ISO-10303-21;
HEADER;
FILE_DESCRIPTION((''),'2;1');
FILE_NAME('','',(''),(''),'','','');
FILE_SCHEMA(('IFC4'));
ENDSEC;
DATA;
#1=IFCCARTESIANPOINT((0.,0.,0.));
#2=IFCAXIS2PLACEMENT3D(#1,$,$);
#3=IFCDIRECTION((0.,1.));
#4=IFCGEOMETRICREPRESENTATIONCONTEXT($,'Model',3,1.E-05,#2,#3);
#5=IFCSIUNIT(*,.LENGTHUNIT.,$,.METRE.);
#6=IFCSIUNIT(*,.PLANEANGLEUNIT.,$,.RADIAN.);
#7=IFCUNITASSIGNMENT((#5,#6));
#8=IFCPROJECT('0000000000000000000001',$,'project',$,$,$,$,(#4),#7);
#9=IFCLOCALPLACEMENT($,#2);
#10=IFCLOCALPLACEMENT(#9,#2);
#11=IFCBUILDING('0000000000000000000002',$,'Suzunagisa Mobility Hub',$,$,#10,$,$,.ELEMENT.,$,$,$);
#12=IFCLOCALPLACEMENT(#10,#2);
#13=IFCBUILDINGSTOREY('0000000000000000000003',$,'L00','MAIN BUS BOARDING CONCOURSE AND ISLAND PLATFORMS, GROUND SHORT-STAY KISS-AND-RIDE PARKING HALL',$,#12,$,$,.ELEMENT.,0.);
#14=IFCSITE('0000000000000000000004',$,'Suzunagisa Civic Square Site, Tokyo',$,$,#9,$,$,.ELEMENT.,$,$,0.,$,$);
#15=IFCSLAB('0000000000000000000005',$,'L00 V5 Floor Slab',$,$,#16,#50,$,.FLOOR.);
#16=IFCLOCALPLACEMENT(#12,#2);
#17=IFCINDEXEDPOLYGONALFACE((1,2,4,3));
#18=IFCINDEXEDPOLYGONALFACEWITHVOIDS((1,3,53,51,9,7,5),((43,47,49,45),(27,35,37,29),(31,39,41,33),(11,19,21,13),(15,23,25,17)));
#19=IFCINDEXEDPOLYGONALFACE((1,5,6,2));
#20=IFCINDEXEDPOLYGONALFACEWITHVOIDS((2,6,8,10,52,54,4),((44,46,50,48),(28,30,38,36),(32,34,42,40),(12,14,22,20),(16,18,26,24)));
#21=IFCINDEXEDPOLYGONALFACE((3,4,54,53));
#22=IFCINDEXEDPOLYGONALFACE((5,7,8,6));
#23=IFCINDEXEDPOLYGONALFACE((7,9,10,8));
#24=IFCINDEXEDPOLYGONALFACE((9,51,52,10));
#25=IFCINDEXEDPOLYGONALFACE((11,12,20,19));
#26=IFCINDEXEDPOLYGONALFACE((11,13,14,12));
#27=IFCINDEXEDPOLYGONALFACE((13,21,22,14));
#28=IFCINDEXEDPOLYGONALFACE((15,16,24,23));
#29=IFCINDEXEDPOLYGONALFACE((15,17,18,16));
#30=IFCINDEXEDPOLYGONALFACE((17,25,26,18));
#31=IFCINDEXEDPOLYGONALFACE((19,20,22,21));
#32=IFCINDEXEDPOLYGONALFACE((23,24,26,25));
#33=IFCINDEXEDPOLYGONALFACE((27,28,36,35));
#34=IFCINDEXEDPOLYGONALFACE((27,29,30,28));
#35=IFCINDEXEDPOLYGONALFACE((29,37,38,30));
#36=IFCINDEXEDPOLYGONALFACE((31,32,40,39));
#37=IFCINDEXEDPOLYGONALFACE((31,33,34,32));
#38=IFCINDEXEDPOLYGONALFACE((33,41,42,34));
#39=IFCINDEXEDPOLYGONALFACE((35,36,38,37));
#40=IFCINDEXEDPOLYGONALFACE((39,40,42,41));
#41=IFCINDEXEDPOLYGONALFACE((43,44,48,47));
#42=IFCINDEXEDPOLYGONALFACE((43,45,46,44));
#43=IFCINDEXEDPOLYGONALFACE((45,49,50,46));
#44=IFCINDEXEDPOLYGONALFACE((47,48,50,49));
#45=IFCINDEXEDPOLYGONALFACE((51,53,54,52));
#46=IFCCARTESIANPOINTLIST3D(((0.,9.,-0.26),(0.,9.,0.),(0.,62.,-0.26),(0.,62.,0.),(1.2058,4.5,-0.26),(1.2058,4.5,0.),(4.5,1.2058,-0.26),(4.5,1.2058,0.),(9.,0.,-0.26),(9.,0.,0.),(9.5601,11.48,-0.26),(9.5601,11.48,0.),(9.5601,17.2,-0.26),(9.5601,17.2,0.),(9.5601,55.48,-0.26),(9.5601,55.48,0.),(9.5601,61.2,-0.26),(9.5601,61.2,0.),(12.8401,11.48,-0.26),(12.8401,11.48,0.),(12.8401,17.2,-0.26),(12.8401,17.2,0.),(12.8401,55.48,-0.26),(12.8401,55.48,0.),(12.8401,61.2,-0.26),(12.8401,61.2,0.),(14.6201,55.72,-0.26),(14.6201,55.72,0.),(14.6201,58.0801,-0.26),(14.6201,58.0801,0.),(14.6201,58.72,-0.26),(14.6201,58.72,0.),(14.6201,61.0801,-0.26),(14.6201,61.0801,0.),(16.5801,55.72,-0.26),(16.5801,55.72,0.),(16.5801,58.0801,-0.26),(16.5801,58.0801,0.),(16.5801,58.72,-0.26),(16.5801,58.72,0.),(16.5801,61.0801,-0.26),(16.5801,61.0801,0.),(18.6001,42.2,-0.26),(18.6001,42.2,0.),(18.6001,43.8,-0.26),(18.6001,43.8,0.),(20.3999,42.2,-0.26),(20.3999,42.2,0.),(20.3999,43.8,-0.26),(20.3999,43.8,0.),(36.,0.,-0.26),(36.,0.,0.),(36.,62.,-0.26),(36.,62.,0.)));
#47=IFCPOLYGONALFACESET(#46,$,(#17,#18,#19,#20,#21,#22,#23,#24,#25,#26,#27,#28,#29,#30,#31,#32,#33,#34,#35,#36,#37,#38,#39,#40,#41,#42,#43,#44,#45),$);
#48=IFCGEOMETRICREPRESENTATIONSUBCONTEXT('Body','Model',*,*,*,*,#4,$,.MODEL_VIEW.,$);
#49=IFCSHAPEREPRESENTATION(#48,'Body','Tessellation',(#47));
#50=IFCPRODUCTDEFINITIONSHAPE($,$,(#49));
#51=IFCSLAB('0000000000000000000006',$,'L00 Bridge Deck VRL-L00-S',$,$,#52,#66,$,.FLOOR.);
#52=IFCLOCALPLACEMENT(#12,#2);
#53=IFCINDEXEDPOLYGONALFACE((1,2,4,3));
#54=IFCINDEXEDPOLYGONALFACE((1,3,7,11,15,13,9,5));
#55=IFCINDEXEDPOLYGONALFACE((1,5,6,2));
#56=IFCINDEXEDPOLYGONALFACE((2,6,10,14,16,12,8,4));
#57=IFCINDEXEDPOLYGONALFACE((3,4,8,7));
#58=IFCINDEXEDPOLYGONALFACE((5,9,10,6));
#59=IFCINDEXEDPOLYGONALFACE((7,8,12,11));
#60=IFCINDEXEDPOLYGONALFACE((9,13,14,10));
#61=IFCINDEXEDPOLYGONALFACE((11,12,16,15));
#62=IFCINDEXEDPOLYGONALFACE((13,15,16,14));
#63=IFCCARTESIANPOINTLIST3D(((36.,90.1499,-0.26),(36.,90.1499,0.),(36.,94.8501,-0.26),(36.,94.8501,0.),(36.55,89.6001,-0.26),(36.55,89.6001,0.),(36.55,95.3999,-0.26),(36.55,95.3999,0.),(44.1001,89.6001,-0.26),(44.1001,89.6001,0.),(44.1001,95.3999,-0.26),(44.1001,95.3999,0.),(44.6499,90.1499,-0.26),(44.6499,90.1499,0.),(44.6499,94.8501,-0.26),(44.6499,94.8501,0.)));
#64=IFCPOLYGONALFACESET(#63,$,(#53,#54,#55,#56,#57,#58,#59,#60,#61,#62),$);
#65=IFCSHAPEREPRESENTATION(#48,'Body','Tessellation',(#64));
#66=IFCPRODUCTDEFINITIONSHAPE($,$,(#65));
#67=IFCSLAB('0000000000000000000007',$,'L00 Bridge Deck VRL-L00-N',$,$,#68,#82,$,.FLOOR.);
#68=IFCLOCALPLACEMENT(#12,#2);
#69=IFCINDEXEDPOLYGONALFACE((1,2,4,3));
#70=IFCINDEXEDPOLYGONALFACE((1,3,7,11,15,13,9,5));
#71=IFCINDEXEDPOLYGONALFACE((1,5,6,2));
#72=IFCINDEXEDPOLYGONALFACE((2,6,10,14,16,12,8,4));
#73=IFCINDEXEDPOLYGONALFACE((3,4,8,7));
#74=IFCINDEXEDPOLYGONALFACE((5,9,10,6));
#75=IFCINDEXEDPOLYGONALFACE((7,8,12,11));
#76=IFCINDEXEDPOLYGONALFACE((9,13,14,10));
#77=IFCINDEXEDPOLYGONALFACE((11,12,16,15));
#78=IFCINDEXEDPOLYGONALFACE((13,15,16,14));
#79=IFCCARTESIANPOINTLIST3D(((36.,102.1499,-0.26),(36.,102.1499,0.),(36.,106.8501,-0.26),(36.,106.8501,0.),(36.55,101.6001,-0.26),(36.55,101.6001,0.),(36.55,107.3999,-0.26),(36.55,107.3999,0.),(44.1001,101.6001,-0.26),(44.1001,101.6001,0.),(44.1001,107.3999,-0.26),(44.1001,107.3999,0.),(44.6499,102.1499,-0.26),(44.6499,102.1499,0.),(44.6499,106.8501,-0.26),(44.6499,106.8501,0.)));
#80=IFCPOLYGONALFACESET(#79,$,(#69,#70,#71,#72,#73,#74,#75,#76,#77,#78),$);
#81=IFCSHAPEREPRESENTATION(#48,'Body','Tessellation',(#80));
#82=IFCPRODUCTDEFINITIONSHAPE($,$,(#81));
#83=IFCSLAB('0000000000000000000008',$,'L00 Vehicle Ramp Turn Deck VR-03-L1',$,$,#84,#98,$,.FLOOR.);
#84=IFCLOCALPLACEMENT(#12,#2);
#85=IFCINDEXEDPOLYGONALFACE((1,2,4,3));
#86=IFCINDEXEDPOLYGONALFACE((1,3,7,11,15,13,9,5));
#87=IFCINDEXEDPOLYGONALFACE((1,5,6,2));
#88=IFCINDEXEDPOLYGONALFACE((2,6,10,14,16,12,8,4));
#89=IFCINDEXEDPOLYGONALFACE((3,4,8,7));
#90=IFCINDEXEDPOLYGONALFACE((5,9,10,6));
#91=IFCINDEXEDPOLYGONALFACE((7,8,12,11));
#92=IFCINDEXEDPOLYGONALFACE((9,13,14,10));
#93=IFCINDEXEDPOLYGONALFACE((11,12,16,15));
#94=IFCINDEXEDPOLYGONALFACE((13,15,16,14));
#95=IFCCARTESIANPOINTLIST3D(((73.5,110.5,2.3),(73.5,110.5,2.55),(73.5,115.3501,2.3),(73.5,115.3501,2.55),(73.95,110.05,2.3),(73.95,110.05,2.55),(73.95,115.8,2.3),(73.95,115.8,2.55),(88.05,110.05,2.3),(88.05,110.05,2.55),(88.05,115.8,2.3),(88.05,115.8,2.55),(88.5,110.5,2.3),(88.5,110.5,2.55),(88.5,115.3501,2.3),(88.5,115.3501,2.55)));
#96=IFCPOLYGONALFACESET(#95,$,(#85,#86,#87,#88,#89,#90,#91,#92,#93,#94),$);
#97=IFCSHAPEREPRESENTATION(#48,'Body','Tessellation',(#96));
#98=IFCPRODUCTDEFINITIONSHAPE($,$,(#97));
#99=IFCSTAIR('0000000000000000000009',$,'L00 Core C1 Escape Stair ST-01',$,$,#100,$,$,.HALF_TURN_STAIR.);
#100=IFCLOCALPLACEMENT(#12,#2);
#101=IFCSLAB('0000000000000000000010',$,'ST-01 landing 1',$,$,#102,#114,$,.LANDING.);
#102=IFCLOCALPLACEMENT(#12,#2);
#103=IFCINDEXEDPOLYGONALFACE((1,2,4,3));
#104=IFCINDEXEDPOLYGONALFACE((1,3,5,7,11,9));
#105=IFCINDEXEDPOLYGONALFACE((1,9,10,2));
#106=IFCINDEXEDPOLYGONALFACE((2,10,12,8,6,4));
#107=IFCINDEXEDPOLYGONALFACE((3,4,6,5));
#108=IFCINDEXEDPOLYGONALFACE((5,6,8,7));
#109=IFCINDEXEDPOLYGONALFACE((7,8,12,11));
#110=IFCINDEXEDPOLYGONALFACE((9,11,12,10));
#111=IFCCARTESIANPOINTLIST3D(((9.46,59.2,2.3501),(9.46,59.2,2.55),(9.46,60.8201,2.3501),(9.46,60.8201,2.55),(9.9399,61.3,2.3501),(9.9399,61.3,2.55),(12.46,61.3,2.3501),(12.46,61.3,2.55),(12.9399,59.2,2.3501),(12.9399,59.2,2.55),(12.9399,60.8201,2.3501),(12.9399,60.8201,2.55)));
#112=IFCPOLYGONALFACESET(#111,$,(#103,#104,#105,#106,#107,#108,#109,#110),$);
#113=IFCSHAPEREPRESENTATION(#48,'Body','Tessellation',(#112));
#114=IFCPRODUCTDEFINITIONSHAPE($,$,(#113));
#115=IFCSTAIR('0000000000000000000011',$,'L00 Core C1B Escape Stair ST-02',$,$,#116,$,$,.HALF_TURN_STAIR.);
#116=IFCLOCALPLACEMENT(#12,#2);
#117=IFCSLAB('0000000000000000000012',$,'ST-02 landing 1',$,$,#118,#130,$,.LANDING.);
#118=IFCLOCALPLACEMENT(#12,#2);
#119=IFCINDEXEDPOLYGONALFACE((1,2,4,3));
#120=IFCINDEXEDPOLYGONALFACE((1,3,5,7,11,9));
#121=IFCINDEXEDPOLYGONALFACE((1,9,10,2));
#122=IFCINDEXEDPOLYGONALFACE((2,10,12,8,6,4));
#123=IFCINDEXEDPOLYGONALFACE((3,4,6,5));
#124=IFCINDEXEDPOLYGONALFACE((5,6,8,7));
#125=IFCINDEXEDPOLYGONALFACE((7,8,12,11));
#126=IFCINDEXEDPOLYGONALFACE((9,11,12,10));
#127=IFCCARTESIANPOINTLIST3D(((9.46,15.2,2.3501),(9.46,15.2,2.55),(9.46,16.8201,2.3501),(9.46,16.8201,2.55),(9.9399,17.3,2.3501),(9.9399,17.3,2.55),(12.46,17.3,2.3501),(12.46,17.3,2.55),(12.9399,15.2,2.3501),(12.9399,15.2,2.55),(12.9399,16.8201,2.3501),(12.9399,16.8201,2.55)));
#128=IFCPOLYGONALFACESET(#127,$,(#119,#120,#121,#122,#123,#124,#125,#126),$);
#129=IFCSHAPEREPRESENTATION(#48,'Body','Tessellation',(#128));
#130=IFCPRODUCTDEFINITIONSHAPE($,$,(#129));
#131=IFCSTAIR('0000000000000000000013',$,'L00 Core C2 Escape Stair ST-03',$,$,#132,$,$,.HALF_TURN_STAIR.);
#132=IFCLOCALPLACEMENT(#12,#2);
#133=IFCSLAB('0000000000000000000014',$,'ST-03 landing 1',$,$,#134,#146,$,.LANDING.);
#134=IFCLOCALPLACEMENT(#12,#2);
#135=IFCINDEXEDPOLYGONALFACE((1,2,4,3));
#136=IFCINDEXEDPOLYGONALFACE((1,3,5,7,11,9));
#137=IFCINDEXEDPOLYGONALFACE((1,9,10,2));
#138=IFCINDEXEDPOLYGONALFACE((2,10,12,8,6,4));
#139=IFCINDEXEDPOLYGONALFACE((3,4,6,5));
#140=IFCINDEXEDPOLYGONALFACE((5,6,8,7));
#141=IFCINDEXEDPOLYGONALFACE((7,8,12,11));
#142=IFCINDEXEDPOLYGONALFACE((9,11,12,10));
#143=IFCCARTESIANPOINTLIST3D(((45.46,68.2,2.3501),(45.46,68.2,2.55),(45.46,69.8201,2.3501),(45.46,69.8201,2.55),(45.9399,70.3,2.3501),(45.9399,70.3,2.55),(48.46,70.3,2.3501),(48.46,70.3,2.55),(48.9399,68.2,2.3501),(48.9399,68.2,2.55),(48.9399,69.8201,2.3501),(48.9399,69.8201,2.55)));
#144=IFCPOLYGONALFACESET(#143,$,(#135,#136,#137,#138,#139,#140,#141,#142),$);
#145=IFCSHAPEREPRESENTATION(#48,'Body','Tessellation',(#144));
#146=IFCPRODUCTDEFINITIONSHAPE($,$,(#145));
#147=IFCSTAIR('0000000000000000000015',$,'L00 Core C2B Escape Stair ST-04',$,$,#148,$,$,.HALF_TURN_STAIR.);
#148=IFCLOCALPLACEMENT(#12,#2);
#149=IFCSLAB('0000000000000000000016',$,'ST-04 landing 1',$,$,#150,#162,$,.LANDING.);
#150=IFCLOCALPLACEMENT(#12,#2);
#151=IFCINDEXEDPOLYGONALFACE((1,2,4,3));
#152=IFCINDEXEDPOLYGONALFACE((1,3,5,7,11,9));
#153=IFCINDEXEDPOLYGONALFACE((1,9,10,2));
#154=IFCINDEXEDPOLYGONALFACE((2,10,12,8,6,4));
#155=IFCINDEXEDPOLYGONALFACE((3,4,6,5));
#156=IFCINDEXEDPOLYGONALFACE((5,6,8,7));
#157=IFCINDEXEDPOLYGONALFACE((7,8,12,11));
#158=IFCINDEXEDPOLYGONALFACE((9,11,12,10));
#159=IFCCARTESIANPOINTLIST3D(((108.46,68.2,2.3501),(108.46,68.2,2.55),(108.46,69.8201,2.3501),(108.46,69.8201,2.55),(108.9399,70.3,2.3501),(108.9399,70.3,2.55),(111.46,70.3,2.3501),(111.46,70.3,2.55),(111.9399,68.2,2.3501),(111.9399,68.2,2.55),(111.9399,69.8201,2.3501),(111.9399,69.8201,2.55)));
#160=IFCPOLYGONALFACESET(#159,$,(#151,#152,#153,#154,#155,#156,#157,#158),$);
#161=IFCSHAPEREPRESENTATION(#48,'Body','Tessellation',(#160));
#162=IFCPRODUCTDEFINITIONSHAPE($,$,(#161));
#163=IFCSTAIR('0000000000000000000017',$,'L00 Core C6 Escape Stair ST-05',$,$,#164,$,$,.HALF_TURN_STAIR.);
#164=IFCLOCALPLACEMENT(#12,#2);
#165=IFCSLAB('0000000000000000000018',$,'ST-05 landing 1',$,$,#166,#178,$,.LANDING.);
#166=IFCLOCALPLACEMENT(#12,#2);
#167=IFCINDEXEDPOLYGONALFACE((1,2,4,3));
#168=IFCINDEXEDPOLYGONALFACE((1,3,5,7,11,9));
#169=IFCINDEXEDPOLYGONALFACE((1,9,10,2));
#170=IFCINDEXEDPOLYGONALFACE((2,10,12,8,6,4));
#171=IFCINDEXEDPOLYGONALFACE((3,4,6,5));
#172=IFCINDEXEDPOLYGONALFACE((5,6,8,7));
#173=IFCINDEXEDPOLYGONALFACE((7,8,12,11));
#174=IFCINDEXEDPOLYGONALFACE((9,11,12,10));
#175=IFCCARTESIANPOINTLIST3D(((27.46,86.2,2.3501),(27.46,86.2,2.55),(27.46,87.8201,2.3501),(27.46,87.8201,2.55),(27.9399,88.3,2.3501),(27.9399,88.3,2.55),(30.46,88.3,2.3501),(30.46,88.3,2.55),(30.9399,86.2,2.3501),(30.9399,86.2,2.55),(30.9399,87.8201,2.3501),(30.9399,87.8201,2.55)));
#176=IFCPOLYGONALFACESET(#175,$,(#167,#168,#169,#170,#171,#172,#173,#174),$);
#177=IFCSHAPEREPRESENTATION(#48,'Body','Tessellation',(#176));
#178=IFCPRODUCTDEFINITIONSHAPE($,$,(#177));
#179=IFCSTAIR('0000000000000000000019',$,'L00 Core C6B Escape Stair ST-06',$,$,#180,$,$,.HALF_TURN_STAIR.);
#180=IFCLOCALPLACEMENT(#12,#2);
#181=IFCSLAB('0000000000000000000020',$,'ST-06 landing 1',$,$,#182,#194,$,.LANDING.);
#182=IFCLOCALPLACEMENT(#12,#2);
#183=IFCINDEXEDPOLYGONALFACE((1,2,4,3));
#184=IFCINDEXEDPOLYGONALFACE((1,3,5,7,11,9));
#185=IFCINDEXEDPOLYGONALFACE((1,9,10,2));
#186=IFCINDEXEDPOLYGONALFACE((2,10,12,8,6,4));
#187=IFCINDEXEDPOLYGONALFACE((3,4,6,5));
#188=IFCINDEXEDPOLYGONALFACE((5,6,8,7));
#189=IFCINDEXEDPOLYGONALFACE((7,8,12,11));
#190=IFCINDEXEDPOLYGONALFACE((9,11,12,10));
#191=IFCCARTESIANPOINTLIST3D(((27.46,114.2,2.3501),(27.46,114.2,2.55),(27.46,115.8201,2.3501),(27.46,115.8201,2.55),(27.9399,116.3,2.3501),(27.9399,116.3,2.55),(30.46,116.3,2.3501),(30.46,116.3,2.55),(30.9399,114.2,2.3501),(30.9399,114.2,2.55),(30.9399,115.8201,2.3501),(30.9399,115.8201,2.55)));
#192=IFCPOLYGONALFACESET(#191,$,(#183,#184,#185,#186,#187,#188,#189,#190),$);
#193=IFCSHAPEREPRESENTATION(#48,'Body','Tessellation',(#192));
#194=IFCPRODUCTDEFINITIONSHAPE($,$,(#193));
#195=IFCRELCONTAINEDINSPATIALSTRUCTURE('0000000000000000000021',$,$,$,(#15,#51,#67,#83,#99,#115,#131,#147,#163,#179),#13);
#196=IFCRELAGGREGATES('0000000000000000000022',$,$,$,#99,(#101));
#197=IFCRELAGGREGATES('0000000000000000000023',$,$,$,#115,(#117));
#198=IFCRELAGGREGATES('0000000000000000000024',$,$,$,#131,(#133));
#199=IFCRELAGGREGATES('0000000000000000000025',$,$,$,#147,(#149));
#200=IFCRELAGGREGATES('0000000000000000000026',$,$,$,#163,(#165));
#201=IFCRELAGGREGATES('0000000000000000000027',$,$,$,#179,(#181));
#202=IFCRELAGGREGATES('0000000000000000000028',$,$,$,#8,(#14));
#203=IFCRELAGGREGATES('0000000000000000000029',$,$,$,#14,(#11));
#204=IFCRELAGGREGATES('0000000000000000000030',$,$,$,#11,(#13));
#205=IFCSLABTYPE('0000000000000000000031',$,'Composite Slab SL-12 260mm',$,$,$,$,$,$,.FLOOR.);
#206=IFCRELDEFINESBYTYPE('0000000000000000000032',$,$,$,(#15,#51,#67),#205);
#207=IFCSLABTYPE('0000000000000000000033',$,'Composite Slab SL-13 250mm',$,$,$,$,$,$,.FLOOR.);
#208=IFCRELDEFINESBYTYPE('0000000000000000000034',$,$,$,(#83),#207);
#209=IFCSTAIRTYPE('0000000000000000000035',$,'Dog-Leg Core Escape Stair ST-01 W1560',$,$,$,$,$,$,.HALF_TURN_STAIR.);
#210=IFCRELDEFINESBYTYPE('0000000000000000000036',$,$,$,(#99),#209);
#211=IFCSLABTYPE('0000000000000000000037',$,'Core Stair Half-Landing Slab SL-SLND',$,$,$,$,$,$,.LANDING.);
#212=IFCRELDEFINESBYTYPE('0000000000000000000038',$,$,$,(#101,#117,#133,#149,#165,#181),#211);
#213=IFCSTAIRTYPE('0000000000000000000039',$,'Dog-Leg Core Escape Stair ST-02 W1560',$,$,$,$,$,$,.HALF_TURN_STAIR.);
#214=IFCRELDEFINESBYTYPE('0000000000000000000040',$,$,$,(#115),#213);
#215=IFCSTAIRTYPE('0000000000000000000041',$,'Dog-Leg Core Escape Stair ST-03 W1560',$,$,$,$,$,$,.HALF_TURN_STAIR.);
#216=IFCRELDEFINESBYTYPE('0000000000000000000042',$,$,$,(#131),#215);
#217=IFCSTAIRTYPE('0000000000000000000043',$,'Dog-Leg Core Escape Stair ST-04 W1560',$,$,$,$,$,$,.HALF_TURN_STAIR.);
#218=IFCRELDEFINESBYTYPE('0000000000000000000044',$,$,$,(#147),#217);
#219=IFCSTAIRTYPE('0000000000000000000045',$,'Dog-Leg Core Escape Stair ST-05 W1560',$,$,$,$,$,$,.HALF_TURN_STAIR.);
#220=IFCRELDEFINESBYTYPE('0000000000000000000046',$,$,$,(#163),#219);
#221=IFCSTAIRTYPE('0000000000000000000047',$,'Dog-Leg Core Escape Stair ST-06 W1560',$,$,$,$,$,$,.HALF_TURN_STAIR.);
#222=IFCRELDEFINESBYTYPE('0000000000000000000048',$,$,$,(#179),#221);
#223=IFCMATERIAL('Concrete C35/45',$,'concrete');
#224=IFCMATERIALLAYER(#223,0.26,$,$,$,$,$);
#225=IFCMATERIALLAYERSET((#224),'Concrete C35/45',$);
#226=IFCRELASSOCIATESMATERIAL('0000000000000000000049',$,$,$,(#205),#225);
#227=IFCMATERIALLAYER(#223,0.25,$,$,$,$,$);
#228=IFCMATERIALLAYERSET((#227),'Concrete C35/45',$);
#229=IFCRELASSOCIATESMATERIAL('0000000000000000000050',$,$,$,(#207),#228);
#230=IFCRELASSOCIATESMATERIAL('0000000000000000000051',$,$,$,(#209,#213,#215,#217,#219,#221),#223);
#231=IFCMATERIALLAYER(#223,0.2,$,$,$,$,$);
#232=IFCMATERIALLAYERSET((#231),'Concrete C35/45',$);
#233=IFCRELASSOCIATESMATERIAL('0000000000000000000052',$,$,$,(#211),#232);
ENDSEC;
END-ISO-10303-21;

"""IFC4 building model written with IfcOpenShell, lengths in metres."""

from ifc_helpers import new_model, si_unit, direction, frame, origin, place, context, subcontext, project, spatial, polyline, outline, extrude, material, layer, layer_set, type_object, element, aggregate, save


model = new_model("IFC4")

# Units and contexts
model_context = context("Model", 3, precision=1e-05, world=origin(), true_north=direction((0.0, 1.0)))
body_context = subcontext(model_context, "Body", "Model", "MODEL_VIEW")
ifc_project = project(units=[si_unit("LENGTHUNIT", "METRE"), si_unit("PLANEANGLEUNIT", "RADIAN")], contexts=[model_context])

# Site, building, storey
site_placement = place(None, origin())
site = spatial("IfcSite", under=ifc_project, at=site_placement, Name="Suzunagisa Civic Square Site, Tokyo", CompositionType="ELEMENT", RefElevation=0.0)
building_placement = place(site_placement, origin())
building = spatial("IfcBuilding", under=site, at=building_placement, Name="Suzunagisa Mobility Hub", CompositionType="ELEMENT")
storey_placement = place(building_placement, origin())
storey = spatial("IfcBuildingStorey", under=building, at=storey_placement, Name="L00", Description="MAIN BUS BOARDING CONCOURSE AND ISLAND PLATFORMS, GROUND SHORT-STAY KISS-AND-RIDE PARKING HALL", CompositionType="ELEMENT", Elevation=0.0)

# Slabs
ifc_material = material(Name="Concrete C35/45", Category="concrete")
ifc_layer_1 = layer(ifc_material, 0.26)
ifc_layer_set_1 = layer_set([ifc_layer_1], Name="Concrete C35/45")
slab_type_1 = type_object("IfcSlabType", Name="Composite Slab SL-12 260mm", PredefinedType="FLOOR", material=ifc_layer_set_1)
slab_1_placement = place(storey_placement, frame((0.0, 0.0, -0.26)))
element("IfcSlab", 1, at=slab_1_placement, inside=storey, type_object=slab_type_1, Name="L00 V5 Floor Slab", PredefinedType="FLOOR", context=body_context, shape_type="SweptSolid", body=[
    extrude(outline(polyline([(0.0, 9.0), (1.2058, 4.5), (4.5, 1.2058), (9.0, 0.0), (36.0, 0.0), (36.0, 62.0), (0.0, 62.0), (0.0, 9.0)]), holes=[polyline([(18.6001, 42.2), (20.3999, 42.2), (20.3999, 43.8), (18.6001, 43.8), (18.6001, 42.2)]), polyline([(9.5601, 55.48), (12.8401, 55.48), (12.8401, 61.2), (9.5601, 61.2), (9.5601, 55.48)]), polyline([(14.6201, 55.72), (16.5801, 55.72), (16.5801, 58.0801), (14.6201, 58.0801), (14.6201, 55.72)]), polyline([(14.6201, 58.72), (16.5801, 58.72), (16.5801, 61.0801), (14.6201, 61.0801), (14.6201, 58.72)]), polyline([(9.5601, 11.48), (12.8401, 11.48), (12.8401, 17.2), (9.5601, 17.2), (9.5601, 11.48)])]), origin(), (0.0, 0.0, 1.0), 0.26),
])
slab_2_placement = place(storey_placement, frame((0.0, 0.0, -0.26)))
element("IfcSlab", 2, at=slab_2_placement, inside=storey, type_object=slab_type_1, Name="L00 Bridge Deck VRL-L00-S", PredefinedType="FLOOR", context=body_context, shape_type="SweptSolid", body=[
    extrude(outline(polyline([(36.55, 89.6001), (44.1001, 89.6001), (44.6499, 90.1499), (44.6499, 94.8501), (44.1001, 95.3999), (36.55, 95.3999), (36.0, 94.8501), (36.0, 90.1499), (36.55, 89.6001)])), origin(), (0.0, 0.0, 1.0), 0.26),
])
slab_3_placement = place(storey_placement, frame((0.0, 0.0, -0.26)))
element("IfcSlab", 3, at=slab_3_placement, inside=storey, type_object=slab_type_1, Name="L00 Bridge Deck VRL-L00-N", PredefinedType="FLOOR", context=body_context, shape_type="SweptSolid", body=[
    extrude(outline(polyline([(36.55, 101.6001), (44.1001, 101.6001), (44.6499, 102.1499), (44.6499, 106.8501), (44.1001, 107.3999), (36.55, 107.3999), (36.0, 106.8501), (36.0, 102.1499), (36.55, 101.6001)])), origin(), (0.0, 0.0, 1.0), 0.26),
])
ifc_layer_2 = layer(ifc_material, 0.25)
ifc_layer_set_2 = layer_set([ifc_layer_2], Name="Concrete C35/45")
slab_type_2 = type_object("IfcSlabType", Name="Composite Slab SL-13 250mm", PredefinedType="FLOOR", material=ifc_layer_set_2)
slab_4_placement = place(storey_placement, frame((0.0, 0.0, 2.3)))
element("IfcSlab", 4, at=slab_4_placement, inside=storey, type_object=slab_type_2, Name="L00 Vehicle Ramp Turn Deck VR-03-L1", PredefinedType="FLOOR", context=body_context, shape_type="SweptSolid", body=[
    extrude(outline(polyline([(73.95, 110.05), (88.05, 110.05), (88.5, 110.5), (88.5, 115.3501), (88.05, 115.8), (73.95, 115.8), (73.5, 115.3501), (73.5, 110.5), (73.95, 110.05)])), origin(), (0.0, 0.0, 1.0), 0.25),
])

# Stairs, slabs
stair_type_1 = type_object("IfcStairType", Name="Dog-Leg Core Escape Stair ST-01 W1560", PredefinedType="HALF_TURN_STAIR", material=ifc_material)
stair_1_placement = place(storey_placement, origin())
stair_1 = element("IfcStair", 5, at=stair_1_placement, inside=storey, type_object=stair_type_1, Name="L00 Core C1 Escape Stair ST-01", PredefinedType="HALF_TURN_STAIR")
ifc_layer_3 = layer(ifc_material, 0.2)
ifc_layer_set_3 = layer_set([ifc_layer_3], Name="Concrete C35/45")
slab_type_3 = type_object("IfcSlabType", Name="Core Stair Half-Landing Slab SL-SLND", PredefinedType="LANDING", material=ifc_layer_set_3)
slab_5_placement = place(storey_placement, frame((0.0, 0.0, 2.3501)))
slab_5 = element("IfcSlab", 6, at=slab_5_placement, type_object=slab_type_3, Name="ST-01 landing 1", PredefinedType="LANDING", context=body_context, shape_type="SweptSolid", body=[
    extrude(outline(polyline([(9.46, 59.2), (12.9399, 59.2), (12.9399, 60.8201), (12.46, 61.3), (9.9399, 61.3), (9.46, 60.8201), (9.46, 59.2)])), origin(), (0.0, 0.0, 1.0), 0.2),
])
aggregate(stair_1, [slab_5])
stair_type_2 = type_object("IfcStairType", Name="Dog-Leg Core Escape Stair ST-02 W1560", PredefinedType="HALF_TURN_STAIR", material=ifc_material)
stair_2_placement = place(storey_placement, origin())
stair_2 = element("IfcStair", 7, at=stair_2_placement, inside=storey, type_object=stair_type_2, Name="L00 Core C1B Escape Stair ST-02", PredefinedType="HALF_TURN_STAIR")
slab_6_placement = place(storey_placement, frame((0.0, 0.0, 2.3501)))
slab_6 = element("IfcSlab", 8, at=slab_6_placement, type_object=slab_type_3, Name="ST-02 landing 1", PredefinedType="LANDING", context=body_context, shape_type="SweptSolid", body=[
    extrude(outline(polyline([(9.46, 15.2), (12.9399, 15.2), (12.9399, 16.8201), (12.46, 17.3), (9.9399, 17.3), (9.46, 16.8201), (9.46, 15.2)])), origin(), (0.0, 0.0, 1.0), 0.2),
])
aggregate(stair_2, [slab_6])
stair_type_3 = type_object("IfcStairType", Name="Dog-Leg Core Escape Stair ST-03 W1560", PredefinedType="HALF_TURN_STAIR", material=ifc_material)
stair_3_placement = place(storey_placement, origin())
stair_3 = element("IfcStair", 9, at=stair_3_placement, inside=storey, type_object=stair_type_3, Name="L00 Core C2 Escape Stair ST-03", PredefinedType="HALF_TURN_STAIR")
slab_7_placement = place(storey_placement, frame((0.0, 0.0, 2.3501)))
slab_7 = element("IfcSlab", 10, at=slab_7_placement, type_object=slab_type_3, Name="ST-03 landing 1", PredefinedType="LANDING", context=body_context, shape_type="SweptSolid", body=[
    extrude(outline(polyline([(45.46, 68.2), (48.9399, 68.2), (48.9399, 69.8201), (48.46, 70.3), (45.9399, 70.3), (45.46, 69.8201), (45.46, 68.2)])), origin(), (0.0, 0.0, 1.0), 0.2),
])
aggregate(stair_3, [slab_7])
stair_type_4 = type_object("IfcStairType", Name="Dog-Leg Core Escape Stair ST-04 W1560", PredefinedType="HALF_TURN_STAIR", material=ifc_material)
stair_4_placement = place(storey_placement, origin())
stair_4 = element("IfcStair", 11, at=stair_4_placement, inside=storey, type_object=stair_type_4, Name="L00 Core C2B Escape Stair ST-04", PredefinedType="HALF_TURN_STAIR")
slab_8_placement = place(storey_placement, frame((0.0, 0.0, 2.3501)))
slab_8 = element("IfcSlab", 12, at=slab_8_placement, type_object=slab_type_3, Name="ST-04 landing 1", PredefinedType="LANDING", context=body_context, shape_type="SweptSolid", body=[
    extrude(outline(polyline([(108.46, 68.2), (111.9399, 68.2), (111.9399, 69.8201), (111.46, 70.3), (108.9399, 70.3), (108.46, 69.8201), (108.46, 68.2)])), origin(), (0.0, 0.0, 1.0), 0.2),
])
aggregate(stair_4, [slab_8])
stair_type_5 = type_object("IfcStairType", Name="Dog-Leg Core Escape Stair ST-05 W1560", PredefinedType="HALF_TURN_STAIR", material=ifc_material)
stair_5_placement = place(storey_placement, origin())
stair_5 = element("IfcStair", 13, at=stair_5_placement, inside=storey, type_object=stair_type_5, Name="L00 Core C6 Escape Stair ST-05", PredefinedType="HALF_TURN_STAIR")
slab_9_placement = place(storey_placement, frame((0.0, 0.0, 2.3501)))
slab_9 = element("IfcSlab", 14, at=slab_9_placement, type_object=slab_type_3, Name="ST-05 landing 1", PredefinedType="LANDING", context=body_context, shape_type="SweptSolid", body=[
    extrude(outline(polyline([(27.46, 86.2), (30.9399, 86.2), (30.9399, 87.8201), (30.46, 88.3), (27.9399, 88.3), (27.46, 87.8201), (27.46, 86.2)])), origin(), (0.0, 0.0, 1.0), 0.2),
])
aggregate(stair_5, [slab_9])
stair_type_6 = type_object("IfcStairType", Name="Dog-Leg Core Escape Stair ST-06 W1560", PredefinedType="HALF_TURN_STAIR", material=ifc_material)
stair_6_placement = place(storey_placement, origin())
stair_6 = element("IfcStair", 15, at=stair_6_placement, inside=storey, type_object=stair_type_6, Name="L00 Core C6B Escape Stair ST-06", PredefinedType="HALF_TURN_STAIR")
slab_10_placement = place(storey_placement, frame((0.0, 0.0, 2.3501)))
slab_10 = element("IfcSlab", 16, at=slab_10_placement, type_object=slab_type_3, Name="ST-06 landing 1", PredefinedType="LANDING", context=body_context, shape_type="SweptSolid", body=[
    extrude(outline(polyline([(27.46, 114.2), (30.9399, 114.2), (30.9399, 115.8201), (30.46, 116.3), (27.9399, 116.3), (27.46, 115.8201), (27.46, 114.2)])), origin(), (0.0, 0.0, 1.0), 0.2),
])
aggregate(stair_6, [slab_10])

save(model, "model.ifc")
